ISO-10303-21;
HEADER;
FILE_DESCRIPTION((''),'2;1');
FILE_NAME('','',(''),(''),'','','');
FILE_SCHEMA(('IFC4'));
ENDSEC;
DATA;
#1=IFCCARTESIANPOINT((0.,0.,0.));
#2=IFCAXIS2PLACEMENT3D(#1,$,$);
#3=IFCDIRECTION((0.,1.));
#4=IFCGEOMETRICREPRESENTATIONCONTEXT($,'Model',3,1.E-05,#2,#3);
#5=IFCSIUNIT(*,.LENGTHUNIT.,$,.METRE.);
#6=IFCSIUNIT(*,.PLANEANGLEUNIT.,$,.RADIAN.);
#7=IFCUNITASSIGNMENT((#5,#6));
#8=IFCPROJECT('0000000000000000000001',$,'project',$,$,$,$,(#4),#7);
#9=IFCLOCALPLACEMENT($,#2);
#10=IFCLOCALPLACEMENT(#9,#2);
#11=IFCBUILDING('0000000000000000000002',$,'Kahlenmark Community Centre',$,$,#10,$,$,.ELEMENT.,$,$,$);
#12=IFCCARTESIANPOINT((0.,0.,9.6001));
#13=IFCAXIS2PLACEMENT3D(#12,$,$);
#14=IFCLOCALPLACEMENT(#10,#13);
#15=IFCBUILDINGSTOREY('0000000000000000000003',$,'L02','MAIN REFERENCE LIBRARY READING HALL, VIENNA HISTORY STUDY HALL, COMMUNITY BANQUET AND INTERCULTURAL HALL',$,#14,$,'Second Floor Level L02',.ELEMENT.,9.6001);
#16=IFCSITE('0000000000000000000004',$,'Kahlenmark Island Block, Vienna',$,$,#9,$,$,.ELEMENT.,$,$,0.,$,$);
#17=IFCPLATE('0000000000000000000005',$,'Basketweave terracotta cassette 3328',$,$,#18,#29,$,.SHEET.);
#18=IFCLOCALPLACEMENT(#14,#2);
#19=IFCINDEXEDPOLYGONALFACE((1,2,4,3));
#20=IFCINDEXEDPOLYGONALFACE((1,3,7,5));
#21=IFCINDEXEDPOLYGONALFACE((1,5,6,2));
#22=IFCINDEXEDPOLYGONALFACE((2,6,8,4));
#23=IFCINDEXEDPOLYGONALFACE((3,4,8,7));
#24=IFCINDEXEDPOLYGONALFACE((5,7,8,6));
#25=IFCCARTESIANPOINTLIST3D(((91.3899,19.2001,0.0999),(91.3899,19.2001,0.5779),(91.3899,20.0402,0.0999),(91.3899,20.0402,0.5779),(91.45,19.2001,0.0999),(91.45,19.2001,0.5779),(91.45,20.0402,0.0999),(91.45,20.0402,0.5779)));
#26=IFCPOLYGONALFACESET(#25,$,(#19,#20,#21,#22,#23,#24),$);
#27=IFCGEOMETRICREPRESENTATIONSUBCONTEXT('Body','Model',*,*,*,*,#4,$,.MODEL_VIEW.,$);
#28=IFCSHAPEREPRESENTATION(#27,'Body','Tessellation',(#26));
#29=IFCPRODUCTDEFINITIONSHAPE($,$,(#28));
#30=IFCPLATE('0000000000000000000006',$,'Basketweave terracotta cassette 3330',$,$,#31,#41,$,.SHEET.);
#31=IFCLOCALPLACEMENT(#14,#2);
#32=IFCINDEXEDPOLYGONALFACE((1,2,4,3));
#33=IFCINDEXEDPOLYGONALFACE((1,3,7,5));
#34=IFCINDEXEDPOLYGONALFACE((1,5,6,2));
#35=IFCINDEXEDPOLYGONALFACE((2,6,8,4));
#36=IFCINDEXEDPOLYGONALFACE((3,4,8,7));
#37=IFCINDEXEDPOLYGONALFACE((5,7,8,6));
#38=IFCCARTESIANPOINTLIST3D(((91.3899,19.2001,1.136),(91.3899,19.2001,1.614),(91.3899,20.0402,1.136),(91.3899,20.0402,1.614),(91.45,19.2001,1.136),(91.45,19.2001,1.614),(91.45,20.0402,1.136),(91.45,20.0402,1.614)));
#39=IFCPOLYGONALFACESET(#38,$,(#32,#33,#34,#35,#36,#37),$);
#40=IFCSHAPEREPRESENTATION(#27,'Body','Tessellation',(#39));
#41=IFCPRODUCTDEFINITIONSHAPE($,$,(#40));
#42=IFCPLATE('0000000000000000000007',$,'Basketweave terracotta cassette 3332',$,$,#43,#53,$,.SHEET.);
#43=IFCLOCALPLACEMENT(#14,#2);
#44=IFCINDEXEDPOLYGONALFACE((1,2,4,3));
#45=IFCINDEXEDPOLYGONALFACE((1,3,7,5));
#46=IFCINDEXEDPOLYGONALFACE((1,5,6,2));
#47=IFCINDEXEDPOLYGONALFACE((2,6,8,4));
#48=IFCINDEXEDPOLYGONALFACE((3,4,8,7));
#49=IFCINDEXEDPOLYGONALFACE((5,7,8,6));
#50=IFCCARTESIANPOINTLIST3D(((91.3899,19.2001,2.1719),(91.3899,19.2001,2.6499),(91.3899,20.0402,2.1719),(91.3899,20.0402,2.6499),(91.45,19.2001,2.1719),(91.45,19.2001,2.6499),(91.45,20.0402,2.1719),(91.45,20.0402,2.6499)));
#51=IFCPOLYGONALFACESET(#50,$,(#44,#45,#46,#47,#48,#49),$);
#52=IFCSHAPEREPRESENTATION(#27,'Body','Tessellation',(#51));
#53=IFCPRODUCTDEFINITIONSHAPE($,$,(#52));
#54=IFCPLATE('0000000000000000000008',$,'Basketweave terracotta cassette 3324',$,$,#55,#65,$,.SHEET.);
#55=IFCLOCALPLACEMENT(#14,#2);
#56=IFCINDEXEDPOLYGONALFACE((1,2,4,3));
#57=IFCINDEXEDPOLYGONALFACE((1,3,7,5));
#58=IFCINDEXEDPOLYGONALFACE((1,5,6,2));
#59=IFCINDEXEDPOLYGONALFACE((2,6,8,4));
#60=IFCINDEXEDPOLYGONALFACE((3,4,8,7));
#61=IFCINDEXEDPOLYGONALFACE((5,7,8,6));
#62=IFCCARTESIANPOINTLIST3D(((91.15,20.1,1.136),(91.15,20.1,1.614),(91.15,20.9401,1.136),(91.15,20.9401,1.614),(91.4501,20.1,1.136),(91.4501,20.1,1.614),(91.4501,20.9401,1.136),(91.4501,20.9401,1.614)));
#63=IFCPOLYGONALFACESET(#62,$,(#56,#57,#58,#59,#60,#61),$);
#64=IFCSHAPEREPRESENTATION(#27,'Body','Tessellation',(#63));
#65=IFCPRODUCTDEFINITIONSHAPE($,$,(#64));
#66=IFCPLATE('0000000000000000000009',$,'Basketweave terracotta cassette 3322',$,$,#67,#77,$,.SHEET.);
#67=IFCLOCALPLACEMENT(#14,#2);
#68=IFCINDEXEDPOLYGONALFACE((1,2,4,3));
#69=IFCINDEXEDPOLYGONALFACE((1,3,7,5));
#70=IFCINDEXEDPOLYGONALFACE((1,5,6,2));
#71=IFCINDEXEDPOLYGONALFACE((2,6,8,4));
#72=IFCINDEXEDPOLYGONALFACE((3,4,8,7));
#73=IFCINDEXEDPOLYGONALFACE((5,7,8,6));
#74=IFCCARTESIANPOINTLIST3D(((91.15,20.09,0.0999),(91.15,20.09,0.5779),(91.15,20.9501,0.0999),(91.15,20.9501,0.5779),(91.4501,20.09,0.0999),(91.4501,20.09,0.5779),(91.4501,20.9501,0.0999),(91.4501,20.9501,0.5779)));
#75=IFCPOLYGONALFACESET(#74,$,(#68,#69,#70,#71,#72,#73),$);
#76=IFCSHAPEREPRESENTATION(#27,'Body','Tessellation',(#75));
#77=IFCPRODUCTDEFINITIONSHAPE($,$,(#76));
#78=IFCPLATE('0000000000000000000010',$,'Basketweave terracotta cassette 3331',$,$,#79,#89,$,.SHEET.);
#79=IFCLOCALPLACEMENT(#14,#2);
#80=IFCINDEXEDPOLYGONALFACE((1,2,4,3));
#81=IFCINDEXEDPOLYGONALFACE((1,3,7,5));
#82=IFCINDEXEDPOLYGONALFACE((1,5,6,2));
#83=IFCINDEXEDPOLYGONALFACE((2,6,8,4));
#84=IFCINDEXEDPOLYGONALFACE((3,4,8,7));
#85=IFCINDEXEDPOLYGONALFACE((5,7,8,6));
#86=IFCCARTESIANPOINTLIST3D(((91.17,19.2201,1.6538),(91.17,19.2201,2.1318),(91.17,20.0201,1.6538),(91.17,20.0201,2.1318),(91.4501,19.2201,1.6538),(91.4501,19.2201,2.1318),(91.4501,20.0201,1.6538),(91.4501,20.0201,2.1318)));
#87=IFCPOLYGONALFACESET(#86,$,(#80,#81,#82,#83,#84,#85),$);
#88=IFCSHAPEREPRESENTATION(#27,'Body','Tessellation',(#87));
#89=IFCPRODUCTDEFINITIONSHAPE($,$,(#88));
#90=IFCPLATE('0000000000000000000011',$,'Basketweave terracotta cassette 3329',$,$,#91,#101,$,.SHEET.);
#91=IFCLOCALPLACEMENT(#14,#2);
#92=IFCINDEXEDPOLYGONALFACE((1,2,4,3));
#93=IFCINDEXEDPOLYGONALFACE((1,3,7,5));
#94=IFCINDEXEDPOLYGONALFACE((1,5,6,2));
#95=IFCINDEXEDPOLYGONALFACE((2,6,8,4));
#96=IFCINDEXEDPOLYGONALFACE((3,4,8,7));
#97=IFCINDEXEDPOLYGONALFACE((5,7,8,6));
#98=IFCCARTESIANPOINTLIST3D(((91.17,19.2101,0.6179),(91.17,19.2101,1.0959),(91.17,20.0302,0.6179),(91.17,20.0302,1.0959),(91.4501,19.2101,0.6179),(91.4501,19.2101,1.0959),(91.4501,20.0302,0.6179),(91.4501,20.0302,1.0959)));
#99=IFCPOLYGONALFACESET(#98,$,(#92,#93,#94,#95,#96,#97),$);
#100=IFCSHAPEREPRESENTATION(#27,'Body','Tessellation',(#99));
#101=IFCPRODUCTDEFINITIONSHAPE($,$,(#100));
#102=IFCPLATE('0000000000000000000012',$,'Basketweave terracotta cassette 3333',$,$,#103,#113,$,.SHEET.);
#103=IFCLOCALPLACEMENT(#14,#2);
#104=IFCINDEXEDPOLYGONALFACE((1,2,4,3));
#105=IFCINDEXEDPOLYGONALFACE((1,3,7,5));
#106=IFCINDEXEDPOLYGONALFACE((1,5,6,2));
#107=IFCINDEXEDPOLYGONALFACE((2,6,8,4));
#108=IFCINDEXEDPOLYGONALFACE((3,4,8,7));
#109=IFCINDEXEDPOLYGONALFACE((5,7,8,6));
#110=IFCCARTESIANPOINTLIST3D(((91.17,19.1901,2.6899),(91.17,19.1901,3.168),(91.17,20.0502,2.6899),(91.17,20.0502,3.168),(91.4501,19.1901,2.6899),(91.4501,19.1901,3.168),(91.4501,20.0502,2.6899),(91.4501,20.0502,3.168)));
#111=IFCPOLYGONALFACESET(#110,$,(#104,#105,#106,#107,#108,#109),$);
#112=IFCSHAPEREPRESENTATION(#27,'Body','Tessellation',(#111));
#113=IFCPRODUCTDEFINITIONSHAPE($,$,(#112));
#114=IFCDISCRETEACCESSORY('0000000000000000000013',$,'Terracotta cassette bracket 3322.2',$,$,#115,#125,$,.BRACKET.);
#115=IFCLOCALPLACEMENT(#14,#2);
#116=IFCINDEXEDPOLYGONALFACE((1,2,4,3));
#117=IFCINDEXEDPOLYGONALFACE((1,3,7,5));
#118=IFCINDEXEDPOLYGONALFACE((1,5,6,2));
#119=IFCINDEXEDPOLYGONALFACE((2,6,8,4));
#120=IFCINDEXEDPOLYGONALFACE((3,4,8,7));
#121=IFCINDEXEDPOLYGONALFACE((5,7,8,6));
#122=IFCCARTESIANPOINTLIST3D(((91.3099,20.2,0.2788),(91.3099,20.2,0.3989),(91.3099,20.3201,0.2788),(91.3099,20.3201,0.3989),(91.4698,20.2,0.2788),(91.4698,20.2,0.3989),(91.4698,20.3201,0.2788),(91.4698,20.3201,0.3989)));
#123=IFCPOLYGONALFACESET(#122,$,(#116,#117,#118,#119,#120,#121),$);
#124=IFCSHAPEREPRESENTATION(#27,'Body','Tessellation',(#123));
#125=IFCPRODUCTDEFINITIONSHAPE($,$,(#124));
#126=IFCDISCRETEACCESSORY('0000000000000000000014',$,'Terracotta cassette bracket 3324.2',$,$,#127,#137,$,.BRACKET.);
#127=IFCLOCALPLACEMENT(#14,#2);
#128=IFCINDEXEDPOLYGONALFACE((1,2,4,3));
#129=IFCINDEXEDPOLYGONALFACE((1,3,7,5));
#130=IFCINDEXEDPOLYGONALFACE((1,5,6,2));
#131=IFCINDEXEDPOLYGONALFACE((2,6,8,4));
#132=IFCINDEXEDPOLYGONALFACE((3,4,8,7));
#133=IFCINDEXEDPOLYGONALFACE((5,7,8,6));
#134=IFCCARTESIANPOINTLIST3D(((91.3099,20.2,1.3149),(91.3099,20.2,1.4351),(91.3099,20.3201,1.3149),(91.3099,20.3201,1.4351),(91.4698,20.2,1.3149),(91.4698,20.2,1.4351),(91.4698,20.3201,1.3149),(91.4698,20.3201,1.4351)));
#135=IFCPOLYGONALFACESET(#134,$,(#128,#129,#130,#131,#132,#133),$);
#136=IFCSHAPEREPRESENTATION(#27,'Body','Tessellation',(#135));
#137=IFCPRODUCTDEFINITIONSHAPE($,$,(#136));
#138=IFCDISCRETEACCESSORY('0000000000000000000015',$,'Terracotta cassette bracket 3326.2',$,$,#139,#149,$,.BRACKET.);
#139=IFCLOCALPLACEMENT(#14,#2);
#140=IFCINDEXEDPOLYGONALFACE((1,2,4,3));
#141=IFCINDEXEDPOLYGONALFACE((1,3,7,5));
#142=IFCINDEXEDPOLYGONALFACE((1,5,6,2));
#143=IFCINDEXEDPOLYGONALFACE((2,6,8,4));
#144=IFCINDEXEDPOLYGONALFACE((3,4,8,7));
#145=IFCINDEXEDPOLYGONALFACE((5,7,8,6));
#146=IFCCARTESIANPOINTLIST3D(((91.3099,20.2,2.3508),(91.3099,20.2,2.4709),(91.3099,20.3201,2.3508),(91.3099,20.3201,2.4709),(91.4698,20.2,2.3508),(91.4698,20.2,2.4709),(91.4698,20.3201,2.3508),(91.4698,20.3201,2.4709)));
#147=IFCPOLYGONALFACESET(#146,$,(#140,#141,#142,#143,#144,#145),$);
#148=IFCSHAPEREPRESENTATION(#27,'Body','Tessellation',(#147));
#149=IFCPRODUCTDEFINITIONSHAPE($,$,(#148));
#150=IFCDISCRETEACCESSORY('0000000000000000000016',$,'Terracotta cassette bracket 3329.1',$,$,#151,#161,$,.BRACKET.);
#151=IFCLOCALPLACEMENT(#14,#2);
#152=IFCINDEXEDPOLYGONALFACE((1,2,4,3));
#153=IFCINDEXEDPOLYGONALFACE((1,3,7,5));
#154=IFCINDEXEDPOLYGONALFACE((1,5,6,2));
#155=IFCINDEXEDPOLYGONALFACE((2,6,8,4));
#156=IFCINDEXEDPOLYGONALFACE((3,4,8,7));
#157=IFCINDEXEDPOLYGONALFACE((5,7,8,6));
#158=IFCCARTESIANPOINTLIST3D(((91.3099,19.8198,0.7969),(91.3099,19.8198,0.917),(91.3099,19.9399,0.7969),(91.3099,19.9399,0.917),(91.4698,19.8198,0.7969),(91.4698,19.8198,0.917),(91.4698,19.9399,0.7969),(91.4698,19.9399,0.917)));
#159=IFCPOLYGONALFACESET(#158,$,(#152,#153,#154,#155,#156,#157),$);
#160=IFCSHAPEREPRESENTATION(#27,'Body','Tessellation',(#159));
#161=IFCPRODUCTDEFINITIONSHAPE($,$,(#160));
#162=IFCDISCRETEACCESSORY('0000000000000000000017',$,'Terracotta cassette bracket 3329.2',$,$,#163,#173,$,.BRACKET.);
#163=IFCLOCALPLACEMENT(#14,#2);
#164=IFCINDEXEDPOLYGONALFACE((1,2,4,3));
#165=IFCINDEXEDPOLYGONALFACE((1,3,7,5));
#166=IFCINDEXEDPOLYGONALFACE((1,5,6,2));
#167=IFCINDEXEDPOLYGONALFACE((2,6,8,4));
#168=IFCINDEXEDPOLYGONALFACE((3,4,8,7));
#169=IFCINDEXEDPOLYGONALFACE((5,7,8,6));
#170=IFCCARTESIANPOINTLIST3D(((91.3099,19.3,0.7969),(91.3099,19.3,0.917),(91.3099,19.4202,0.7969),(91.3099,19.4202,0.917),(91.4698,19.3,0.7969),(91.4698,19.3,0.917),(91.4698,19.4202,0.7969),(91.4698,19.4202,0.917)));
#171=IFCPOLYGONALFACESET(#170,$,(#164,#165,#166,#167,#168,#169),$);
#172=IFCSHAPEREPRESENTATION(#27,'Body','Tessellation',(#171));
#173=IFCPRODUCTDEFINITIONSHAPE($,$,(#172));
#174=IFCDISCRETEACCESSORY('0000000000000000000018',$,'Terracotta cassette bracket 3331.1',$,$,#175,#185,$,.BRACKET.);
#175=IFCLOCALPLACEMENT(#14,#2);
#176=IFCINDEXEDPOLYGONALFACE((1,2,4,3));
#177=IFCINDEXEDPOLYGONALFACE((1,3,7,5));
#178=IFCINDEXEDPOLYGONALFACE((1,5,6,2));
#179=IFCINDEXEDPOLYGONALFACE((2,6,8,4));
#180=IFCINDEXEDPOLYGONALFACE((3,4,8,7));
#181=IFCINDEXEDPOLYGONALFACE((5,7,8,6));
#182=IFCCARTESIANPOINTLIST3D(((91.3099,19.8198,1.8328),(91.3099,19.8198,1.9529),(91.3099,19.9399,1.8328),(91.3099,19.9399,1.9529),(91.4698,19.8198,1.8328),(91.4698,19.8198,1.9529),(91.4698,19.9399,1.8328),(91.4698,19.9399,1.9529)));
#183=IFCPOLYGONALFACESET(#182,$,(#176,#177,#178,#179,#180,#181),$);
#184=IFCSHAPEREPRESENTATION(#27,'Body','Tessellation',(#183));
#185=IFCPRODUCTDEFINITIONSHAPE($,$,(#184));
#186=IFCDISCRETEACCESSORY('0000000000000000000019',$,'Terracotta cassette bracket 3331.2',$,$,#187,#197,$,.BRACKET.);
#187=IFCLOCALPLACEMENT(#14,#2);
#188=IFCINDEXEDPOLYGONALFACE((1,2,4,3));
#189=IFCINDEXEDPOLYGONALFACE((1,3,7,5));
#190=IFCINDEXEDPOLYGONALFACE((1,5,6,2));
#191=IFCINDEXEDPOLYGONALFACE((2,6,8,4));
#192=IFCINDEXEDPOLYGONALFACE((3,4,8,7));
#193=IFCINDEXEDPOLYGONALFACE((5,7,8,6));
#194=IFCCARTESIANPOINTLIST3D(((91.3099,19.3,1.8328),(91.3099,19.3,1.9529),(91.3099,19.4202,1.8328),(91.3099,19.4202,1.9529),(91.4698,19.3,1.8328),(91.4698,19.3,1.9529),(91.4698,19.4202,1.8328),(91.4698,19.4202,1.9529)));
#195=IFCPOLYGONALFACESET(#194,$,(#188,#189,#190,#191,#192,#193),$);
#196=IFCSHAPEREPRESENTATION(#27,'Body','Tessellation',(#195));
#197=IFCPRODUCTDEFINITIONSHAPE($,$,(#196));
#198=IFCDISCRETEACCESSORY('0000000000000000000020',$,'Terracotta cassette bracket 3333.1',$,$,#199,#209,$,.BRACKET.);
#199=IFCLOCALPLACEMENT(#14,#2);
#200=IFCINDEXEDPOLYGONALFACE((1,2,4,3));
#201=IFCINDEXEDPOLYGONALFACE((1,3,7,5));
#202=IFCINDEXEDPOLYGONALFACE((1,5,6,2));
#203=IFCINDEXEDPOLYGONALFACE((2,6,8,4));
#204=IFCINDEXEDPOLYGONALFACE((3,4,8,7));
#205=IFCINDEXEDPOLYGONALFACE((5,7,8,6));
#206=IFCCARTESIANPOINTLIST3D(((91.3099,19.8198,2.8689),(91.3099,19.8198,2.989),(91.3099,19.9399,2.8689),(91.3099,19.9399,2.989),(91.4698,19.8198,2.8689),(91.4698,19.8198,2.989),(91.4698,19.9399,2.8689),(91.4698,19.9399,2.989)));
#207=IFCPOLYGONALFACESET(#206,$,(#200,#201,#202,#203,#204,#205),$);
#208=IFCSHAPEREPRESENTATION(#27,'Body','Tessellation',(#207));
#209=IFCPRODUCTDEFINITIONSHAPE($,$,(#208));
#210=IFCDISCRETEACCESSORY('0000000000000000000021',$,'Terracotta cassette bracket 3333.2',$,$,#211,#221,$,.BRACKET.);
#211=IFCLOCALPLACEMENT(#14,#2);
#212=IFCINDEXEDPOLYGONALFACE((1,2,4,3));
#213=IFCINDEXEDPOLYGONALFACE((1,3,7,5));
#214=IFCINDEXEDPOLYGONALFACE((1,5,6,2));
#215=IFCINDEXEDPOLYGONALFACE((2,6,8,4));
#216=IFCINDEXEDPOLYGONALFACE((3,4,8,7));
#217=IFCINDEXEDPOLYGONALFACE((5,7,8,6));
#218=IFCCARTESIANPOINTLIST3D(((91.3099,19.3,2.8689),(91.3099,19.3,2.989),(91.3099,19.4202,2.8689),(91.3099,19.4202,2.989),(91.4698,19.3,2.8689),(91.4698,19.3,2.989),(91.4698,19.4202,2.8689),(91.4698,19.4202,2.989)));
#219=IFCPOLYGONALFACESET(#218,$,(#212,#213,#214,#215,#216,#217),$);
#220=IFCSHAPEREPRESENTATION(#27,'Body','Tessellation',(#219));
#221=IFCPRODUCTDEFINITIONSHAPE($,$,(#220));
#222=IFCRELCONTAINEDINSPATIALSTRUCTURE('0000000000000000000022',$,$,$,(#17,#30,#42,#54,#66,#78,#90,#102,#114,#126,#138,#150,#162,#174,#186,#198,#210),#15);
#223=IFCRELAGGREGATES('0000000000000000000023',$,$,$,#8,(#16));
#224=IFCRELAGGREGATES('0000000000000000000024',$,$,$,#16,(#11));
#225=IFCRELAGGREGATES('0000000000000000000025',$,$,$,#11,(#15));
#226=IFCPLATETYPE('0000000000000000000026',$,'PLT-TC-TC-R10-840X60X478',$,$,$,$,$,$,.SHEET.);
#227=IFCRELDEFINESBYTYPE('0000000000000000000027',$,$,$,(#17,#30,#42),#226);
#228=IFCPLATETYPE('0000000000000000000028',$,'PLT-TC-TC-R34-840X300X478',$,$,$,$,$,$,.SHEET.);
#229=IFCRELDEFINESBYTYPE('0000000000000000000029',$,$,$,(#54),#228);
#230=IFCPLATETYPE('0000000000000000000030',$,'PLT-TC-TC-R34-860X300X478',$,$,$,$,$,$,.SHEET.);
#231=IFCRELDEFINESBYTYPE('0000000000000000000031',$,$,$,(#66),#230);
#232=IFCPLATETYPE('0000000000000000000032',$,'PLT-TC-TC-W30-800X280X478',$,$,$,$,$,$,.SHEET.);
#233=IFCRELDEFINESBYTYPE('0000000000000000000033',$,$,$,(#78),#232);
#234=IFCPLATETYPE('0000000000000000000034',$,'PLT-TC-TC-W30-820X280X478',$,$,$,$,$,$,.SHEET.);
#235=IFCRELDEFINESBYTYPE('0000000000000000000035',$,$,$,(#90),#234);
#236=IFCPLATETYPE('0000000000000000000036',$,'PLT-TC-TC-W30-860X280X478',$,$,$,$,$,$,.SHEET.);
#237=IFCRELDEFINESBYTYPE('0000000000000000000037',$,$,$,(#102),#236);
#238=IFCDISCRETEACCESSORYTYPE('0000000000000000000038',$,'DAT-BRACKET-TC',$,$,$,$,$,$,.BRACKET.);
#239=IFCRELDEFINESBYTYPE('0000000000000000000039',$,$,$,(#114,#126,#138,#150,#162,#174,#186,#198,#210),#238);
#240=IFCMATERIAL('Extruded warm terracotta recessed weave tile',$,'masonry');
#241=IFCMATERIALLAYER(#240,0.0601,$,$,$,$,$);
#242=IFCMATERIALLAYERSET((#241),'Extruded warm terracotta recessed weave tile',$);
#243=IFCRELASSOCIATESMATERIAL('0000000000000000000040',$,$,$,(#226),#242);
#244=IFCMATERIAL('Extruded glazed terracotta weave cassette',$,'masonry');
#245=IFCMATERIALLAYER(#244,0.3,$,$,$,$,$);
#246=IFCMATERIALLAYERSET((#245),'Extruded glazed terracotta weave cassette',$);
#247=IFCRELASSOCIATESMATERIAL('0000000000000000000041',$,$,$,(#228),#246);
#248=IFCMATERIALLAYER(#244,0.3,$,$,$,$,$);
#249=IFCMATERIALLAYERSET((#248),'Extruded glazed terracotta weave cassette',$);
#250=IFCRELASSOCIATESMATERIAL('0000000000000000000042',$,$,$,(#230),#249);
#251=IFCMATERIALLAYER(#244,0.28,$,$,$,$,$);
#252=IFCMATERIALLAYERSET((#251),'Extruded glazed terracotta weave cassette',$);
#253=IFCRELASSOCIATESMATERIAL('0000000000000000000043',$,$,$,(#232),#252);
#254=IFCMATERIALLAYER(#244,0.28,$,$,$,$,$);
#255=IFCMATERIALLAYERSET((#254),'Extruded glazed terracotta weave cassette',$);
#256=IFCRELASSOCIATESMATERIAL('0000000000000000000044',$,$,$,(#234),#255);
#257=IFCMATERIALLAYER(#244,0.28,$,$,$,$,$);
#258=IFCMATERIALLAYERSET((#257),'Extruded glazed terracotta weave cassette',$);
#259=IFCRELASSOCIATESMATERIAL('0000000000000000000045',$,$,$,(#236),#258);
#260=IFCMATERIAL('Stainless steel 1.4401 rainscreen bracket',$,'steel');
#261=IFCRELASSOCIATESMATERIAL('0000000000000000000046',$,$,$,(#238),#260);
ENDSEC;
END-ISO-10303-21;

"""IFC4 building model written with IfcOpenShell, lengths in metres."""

from ifc_helpers import new_model, si_unit, direction, frame, origin, origin_2d, place, context, subcontext, project, spatial, rectangle, extrude, material, layer, layer_set, type_object, element, save


model = new_model("IFC4")

# Units and contexts
model_context = context("Model", 3, precision=1e-05, world=origin(), true_north=direction((0.0, 1.0)))
body_context = subcontext(model_context, "Body", "Model", "MODEL_VIEW")
ifc_project = project(units=[si_unit("LENGTHUNIT", "METRE"), si_unit("PLANEANGLEUNIT", "RADIAN")], contexts=[model_context])

# Site, building, storey
site_placement = place(None, origin())
site = spatial("IfcSite", under=ifc_project, at=site_placement, Name="Kahlenmark Island Block, Vienna", CompositionType="ELEMENT", RefElevation=0.0)
building_placement = place(site_placement, origin())
building = spatial("IfcBuilding", under=site, at=building_placement, Name="Kahlenmark Community Centre", CompositionType="ELEMENT")
storey_placement = place(building_placement, frame((0.0, 0.0, 9.6001)))
storey = spatial("IfcBuildingStorey", under=building, at=storey_placement, Name="L02", Description="MAIN REFERENCE LIBRARY READING HALL, VIENNA HISTORY STUDY HALL, COMMUNITY BANQUET AND INTERCULTURAL HALL", LongName="Second Floor Level L02", CompositionType="ELEMENT", Elevation=9.6001)

# Plates
ifc_material_1 = material(Name="Extruded warm terracotta recessed weave tile", Category="masonry")
ifc_layer_1 = layer(ifc_material_1, 0.0601)
ifc_layer_set_1 = layer_set([ifc_layer_1], Name="Extruded warm terracotta recessed weave tile")
plate_type_1 = type_object("IfcPlateType", Name="PLT-TC-TC-R10-840X60X478", PredefinedType="SHEET", material=ifc_layer_set_1)
for number, where, z_axis, x_axis, name in (
    (1, (91.4199, 19.6201, 0.0999), (0.0, 0.0, 1.0), (0.0, -1.0, 0.0), "Basketweave terracotta cassette 3328"),
    (2, (91.4199, 19.6201, 1.136), (0.0, 0.0, 1.0), (0.0, -1.0, 0.0), "Basketweave terracotta cassette 3330"),
    (3, (91.4199, 19.6201, 2.1719), (0.0, 0.0, 1.0), (0.0, -1.0, 0.0), "Basketweave terracotta cassette 3332"),
):
    element("IfcPlate", number, at=place(storey_placement, frame(where, z_axis=z_axis, x_axis=x_axis)), inside=storey, type_object=plate_type_1, Name=name, PredefinedType="SHEET", context=body_context, shape_type="SweptSolid", body=[
        extrude(rectangle(XDim=0.8401, YDim=0.0601, at=origin_2d()), origin(), (0.0, 0.0, 1.0), 0.478),
    ])
ifc_material_2 = material(Name="Extruded glazed terracotta weave cassette", Category="masonry")
ifc_layer_2 = layer(ifc_material_2, 0.3)
ifc_layer_set_2 = layer_set([ifc_layer_2], Name="Extruded glazed terracotta weave cassette")
plate_type_2 = type_object("IfcPlateType", Name="PLT-TC-TC-R34-840X300X478", PredefinedType="SHEET", material=ifc_layer_set_2)
plate_1_placement = place(storey_placement, frame((91.3, 20.52, 1.136), z_axis=(0.0, 0.0, 1.0), x_axis=(0.0, -1.0, 0.0)))
element("IfcPlate", 4, at=plate_1_placement, inside=storey, type_object=plate_type_2, Name="Basketweave terracotta cassette 3324", PredefinedType="SHEET", context=body_context, shape_type="SweptSolid", body=[
    extrude(rectangle(XDim=0.8401, YDim=0.3, at=origin_2d()), origin(), (0.0, 0.0, 1.0), 0.478),
])
ifc_layer_3 = layer(ifc_material_2, 0.3)
ifc_layer_set_3 = layer_set([ifc_layer_3], Name="Extruded glazed terracotta weave cassette")
plate_type_3 = type_object("IfcPlateType", Name="PLT-TC-TC-R34-860X300X478", PredefinedType="SHEET", material=ifc_layer_set_3)
plate_2_placement = place(storey_placement, frame((91.3, 20.52, 0.0999), z_axis=(0.0, 0.0, 1.0), x_axis=(0.0, -1.0, 0.0)))
element("IfcPlate", 5, at=plate_2_placement, inside=storey, type_object=plate_type_3, Name="Basketweave terracotta cassette 3322", PredefinedType="SHEET", context=body_context, shape_type="SweptSolid", body=[
    extrude(rectangle(XDim=0.8601, YDim=0.3, at=origin_2d()), origin(), (0.0, 0.0, 1.0), 0.478),
])
ifc_layer_4 = layer(ifc_material_2, 0.28)
ifc_layer_set_4 = layer_set([ifc_layer_4], Name="Extruded glazed terracotta weave cassette")
plate_type_4 = type_object("IfcPlateType", Name="PLT-TC-TC-W30-800X280X478", PredefinedType="SHEET", material=ifc_layer_set_4)
plate_3_placement = place(storey_placement, frame((91.3101, 19.6201, 1.6538), z_axis=(0.0, 0.0, 1.0), x_axis=(0.0, -1.0, 0.0)))
element("IfcPlate", 6, at=plate_3_placement, inside=storey, type_object=plate_type_4, Name="Basketweave terracotta cassette 3331", PredefinedType="SHEET", context=body_context, shape_type="SweptSolid", body=[
    extrude(rectangle(XDim=0.8, YDim=0.28, at=origin_2d()), origin(), (0.0, 0.0, 1.0), 0.478),
])
ifc_layer_5 = layer(ifc_material_2, 0.28)
ifc_layer_set_5 = layer_set([ifc_layer_5], Name="Extruded glazed terracotta weave cassette")
plate_type_5 = type_object("IfcPlateType", Name="PLT-TC-TC-W30-820X280X478", PredefinedType="SHEET", material=ifc_layer_set_5)
plate_4_placement = place(storey_placement, frame((91.3101, 19.6201, 0.6179), z_axis=(0.0, 0.0, 1.0), x_axis=(0.0, -1.0, 0.0)))
element("IfcPlate", 7, at=plate_4_placement, inside=storey, type_object=plate_type_5, Name="Basketweave terracotta cassette 3329", PredefinedType="SHEET", context=body_context, shape_type="SweptSolid", body=[
    extrude(rectangle(XDim=0.8201, YDim=0.28, at=origin_2d()), origin(), (0.0, 0.0, 1.0), 0.478),
])
ifc_layer_6 = layer(ifc_material_2, 0.28)
ifc_layer_set_6 = layer_set([ifc_layer_6], Name="Extruded glazed terracotta weave cassette")
plate_type_6 = type_object("IfcPlateType", Name="PLT-TC-TC-W30-860X280X478", PredefinedType="SHEET", material=ifc_layer_set_6)
plate_5_placement = place(storey_placement, frame((91.3101, 19.6201, 2.6899), z_axis=(0.0, 0.0, 1.0), x_axis=(0.0, -1.0, 0.0)))
element("IfcPlate", 8, at=plate_5_placement, inside=storey, type_object=plate_type_6, Name="Basketweave terracotta cassette 3333", PredefinedType="SHEET", context=body_context, shape_type="SweptSolid", body=[
    extrude(rectangle(XDim=0.8601, YDim=0.28, at=origin_2d()), origin(), (0.0, 0.0, 1.0), 0.478),
])

# Discrete accessories
ifc_material_3 = material(Name="Stainless steel 1.4401 rainscreen bracket", Category="steel")
discrete_accessory_type = type_object("IfcDiscreteAccessoryType", Name="DAT-BRACKET-TC", PredefinedType="BRACKET", material=ifc_material_3)
for number, where, z_axis, x_axis, name in (
    (9, (91.3899, 20.26, 0.2788), (0.0, 0.0, 1.0), (0.0, -1.0, 0.0), "Terracotta cassette bracket 3322.2"),
    (10, (91.3899, 20.26, 1.3149), (0.0, 0.0, 1.0), (0.0, -1.0, 0.0), "Terracotta cassette bracket 3324.2"),
    (11, (91.3899, 20.26, 2.3508), (0.0, 0.0, 1.0), (0.0, -1.0, 0.0), "Terracotta cassette bracket 3326.2"),
    (12, (91.3899, 19.8799, 0.7969), (0.0, 0.0, 1.0), (0.0, -1.0, 0.0), "Terracotta cassette bracket 3329.1"),
    (13, (91.3899, 19.3601, 0.7969), (0.0, 0.0, 1.0), (0.0, -1.0, 0.0), "Terracotta cassette bracket 3329.2"),
    (14, (91.3899, 19.8799, 1.8328), (0.0, 0.0, 1.0), (0.0, -1.0, 0.0), "Terracotta cassette bracket 3331.1"),
    (15, (91.3899, 19.3601, 1.8328), (0.0, 0.0, 1.0), (0.0, -1.0, 0.0), "Terracotta cassette bracket 3331.2"),
    (16, (91.3899, 19.8799, 2.8689), (0.0, 0.0, 1.0), (0.0, -1.0, 0.0), "Terracotta cassette bracket 3333.1"),
    (17, (91.3899, 19.3601, 2.8689), (0.0, 0.0, 1.0), (0.0, -1.0, 0.0), "Terracotta cassette bracket 3333.2"),
):
    element("IfcDiscreteAccessory", number, at=place(storey_placement, frame(where, z_axis=z_axis, x_axis=x_axis)), inside=storey, type_object=discrete_accessory_type, Name=name, PredefinedType="BRACKET", context=body_context, shape_type="SweptSolid", body=[
        extrude(rectangle(XDim=0.1201, YDim=0.1599, at=origin_2d()), origin(), (0.0, 0.0, 1.0), 0.1201),
    ])

save(model, "model.ifc")
